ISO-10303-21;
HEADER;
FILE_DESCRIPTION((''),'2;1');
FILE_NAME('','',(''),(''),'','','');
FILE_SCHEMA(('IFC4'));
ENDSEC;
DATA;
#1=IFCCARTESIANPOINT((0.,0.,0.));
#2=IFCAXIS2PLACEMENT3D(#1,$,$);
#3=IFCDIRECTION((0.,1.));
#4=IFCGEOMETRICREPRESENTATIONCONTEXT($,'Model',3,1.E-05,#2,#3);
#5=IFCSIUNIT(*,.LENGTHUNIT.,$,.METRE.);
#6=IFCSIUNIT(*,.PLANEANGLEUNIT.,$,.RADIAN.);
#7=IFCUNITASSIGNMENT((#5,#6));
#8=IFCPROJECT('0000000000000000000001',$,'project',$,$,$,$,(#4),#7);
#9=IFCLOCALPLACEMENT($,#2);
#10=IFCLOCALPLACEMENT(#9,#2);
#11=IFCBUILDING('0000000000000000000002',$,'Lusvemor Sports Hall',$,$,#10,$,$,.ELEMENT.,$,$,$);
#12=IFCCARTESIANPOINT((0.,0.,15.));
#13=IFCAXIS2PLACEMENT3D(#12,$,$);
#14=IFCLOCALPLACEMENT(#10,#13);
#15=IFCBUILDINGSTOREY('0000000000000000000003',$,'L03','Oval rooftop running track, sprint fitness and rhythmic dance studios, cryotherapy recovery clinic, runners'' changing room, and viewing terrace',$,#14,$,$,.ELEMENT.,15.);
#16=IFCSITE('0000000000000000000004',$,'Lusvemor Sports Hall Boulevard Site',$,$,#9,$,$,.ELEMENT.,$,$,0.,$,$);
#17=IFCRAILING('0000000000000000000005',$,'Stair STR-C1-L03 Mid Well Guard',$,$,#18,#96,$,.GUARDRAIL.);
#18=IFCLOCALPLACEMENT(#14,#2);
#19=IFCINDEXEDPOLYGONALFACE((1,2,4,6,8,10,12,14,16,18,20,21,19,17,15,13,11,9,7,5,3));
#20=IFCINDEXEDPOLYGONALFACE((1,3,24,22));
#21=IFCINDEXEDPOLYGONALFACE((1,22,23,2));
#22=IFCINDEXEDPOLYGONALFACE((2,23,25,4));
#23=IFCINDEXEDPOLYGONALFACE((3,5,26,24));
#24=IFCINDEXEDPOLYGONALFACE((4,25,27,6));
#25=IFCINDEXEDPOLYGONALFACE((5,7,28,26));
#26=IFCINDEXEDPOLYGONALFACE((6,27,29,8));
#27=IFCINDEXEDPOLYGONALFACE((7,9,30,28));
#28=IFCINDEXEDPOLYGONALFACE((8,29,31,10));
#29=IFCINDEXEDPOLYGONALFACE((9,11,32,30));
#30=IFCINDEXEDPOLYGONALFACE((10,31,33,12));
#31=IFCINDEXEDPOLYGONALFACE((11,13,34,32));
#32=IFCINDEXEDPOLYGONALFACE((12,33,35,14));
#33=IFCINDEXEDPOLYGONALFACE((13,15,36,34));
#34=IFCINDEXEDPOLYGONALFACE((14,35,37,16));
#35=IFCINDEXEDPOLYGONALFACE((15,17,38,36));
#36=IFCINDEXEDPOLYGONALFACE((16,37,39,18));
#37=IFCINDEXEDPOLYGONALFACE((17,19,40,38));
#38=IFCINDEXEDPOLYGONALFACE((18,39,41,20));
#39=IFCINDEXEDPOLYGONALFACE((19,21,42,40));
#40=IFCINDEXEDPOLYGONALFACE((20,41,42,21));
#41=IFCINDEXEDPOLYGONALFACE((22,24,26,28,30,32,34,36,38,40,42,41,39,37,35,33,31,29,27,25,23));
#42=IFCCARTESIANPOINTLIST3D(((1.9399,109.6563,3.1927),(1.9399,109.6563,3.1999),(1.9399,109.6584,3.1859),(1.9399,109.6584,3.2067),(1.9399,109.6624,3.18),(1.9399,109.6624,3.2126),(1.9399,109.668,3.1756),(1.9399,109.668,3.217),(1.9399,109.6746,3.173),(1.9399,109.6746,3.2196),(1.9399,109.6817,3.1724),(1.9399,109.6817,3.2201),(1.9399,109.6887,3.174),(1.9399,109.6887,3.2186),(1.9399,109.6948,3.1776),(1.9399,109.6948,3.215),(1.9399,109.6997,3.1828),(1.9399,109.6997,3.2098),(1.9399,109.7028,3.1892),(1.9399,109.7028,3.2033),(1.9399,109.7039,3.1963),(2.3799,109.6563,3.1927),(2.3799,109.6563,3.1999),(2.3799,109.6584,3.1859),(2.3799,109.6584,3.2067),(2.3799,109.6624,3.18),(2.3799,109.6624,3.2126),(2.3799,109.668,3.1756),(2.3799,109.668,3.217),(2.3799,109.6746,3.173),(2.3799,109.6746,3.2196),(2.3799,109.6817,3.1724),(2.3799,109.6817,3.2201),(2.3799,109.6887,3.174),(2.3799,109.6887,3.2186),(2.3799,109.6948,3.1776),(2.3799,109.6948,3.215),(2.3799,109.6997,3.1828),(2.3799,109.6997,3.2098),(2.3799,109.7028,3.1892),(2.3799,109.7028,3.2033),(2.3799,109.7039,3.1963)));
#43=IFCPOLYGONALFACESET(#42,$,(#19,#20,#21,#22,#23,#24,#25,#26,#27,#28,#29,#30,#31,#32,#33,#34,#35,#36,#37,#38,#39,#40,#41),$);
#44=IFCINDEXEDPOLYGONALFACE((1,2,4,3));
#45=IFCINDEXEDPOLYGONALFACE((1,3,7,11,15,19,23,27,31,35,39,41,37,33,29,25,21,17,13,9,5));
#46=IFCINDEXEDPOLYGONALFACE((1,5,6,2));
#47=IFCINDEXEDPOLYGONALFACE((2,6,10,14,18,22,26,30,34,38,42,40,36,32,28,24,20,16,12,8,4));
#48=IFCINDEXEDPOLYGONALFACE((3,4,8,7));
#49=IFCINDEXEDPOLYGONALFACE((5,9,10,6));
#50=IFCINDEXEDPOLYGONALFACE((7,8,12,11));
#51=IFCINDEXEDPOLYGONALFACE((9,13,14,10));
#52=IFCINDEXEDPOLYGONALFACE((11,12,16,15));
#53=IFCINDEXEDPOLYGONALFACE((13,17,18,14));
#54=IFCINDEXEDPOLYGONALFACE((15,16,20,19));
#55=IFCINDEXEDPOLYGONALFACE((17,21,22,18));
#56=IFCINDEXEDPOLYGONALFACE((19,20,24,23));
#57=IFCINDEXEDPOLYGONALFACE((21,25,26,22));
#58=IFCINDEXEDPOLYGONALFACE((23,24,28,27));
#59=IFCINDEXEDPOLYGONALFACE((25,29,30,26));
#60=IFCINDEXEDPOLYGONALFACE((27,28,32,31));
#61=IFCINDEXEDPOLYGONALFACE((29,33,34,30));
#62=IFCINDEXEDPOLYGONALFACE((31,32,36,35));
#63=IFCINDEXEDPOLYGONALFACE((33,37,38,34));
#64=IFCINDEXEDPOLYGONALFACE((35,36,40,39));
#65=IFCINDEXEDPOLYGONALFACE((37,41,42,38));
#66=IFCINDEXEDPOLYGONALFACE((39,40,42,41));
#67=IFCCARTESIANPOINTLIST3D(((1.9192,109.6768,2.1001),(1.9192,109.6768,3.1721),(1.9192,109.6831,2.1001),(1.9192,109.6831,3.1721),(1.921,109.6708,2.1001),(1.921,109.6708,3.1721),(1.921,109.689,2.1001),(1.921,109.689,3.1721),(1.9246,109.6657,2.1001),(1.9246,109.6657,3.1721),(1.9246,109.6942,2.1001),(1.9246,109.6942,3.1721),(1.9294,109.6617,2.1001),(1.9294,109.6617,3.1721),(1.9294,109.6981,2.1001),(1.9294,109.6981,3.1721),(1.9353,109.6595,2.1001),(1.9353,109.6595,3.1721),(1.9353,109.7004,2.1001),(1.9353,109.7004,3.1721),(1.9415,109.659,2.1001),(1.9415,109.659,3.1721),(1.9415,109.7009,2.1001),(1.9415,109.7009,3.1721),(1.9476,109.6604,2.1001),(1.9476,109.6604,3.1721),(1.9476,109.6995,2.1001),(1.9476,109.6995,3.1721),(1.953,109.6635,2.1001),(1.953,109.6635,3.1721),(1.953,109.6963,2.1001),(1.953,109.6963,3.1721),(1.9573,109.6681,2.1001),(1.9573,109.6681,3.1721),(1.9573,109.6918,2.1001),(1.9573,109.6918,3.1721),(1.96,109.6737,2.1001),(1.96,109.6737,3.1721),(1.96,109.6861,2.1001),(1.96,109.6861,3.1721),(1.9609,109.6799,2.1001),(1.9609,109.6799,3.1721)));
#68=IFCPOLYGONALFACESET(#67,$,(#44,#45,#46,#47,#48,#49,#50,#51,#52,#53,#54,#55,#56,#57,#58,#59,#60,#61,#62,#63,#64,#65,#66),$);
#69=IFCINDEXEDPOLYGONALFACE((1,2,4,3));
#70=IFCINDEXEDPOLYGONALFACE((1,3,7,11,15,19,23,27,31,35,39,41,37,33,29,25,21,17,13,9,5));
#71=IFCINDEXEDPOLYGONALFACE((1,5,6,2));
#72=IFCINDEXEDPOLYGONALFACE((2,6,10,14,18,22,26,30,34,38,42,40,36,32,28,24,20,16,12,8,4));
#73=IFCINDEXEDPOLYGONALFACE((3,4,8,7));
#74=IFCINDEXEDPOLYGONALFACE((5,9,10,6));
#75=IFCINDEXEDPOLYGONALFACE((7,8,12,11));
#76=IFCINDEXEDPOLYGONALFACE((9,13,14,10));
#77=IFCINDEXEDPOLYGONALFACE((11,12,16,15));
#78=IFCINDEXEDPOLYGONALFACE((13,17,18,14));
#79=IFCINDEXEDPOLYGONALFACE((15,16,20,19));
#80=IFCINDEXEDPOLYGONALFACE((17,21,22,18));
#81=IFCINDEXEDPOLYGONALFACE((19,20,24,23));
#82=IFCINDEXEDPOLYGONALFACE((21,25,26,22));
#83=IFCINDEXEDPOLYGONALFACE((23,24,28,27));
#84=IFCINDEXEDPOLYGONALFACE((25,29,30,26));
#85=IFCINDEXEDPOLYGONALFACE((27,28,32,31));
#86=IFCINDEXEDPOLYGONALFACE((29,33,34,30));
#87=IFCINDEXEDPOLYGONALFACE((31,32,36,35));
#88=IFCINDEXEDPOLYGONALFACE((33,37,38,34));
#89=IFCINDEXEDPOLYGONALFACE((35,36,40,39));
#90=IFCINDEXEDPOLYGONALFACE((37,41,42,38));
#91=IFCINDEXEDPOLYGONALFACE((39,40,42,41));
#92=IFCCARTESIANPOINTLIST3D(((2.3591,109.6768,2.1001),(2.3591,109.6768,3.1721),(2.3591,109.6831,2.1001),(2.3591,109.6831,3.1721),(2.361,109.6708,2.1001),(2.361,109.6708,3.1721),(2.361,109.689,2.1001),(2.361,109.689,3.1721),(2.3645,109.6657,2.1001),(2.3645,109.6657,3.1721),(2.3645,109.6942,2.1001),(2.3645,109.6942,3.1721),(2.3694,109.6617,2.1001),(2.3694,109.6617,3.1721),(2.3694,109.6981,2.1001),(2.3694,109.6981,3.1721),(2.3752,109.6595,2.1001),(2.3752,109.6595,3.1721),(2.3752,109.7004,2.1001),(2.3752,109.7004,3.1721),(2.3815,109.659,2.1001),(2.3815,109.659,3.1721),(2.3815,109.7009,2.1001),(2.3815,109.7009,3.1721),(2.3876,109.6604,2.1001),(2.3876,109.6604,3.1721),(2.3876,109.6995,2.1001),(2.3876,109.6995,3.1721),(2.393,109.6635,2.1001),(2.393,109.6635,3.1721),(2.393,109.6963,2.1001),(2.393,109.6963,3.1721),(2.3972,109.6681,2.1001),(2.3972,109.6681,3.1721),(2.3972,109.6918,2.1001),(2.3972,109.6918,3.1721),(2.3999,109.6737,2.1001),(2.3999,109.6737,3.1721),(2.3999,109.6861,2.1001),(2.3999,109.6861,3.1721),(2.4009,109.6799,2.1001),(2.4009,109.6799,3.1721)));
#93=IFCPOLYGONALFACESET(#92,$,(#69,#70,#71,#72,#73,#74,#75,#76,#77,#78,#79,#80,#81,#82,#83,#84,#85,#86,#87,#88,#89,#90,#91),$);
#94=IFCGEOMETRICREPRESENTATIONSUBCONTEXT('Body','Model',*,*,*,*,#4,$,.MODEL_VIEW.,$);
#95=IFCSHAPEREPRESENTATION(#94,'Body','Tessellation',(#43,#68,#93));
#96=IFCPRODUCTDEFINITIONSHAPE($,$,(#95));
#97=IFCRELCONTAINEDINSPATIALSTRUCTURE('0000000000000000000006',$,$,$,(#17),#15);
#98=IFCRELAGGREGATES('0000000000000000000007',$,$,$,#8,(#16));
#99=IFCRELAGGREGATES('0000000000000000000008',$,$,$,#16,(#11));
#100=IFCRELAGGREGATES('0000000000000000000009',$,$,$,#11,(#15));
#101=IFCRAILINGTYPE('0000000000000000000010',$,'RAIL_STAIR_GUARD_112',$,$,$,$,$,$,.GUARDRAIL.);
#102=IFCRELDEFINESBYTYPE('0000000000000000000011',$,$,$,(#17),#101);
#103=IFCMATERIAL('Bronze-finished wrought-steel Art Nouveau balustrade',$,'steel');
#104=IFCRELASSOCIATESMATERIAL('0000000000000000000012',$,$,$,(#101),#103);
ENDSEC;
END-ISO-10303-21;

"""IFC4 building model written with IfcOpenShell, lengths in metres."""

from ifc_helpers import new_model, si_unit, direction, frame, origin, origin_2d, place, context, subcontext, project, spatial, circle, extrude, material, type_object, element, save


model = new_model("IFC4")

# Units and contexts
model_context = context("Model", 3, precision=1e-05, world=origin(), true_north=direction((0.0, 1.0)))
body_context = subcontext(model_context, "Body", "Model", "MODEL_VIEW")
ifc_project = project(units=[si_unit("LENGTHUNIT", "METRE"), si_unit("PLANEANGLEUNIT", "RADIAN")], contexts=[model_context])

# Site, building, storey
site_placement = place(None, origin())
site = spatial("IfcSite", under=ifc_project, at=site_placement, Name="Lusvemor Sports Hall Boulevard Site", CompositionType="ELEMENT", RefElevation=0.0)
building_placement = place(site_placement, origin())
building = spatial("IfcBuilding", under=site, at=building_placement, Name="Lusvemor Sports Hall", CompositionType="ELEMENT")
storey_placement = place(building_placement, frame((0.0, 0.0, 15.0)))
storey = spatial("IfcBuildingStorey", under=building, at=storey_placement, Name="L03", Description="Oval rooftop running track, sprint fitness and rhythmic dance studios, cryotherapy recovery clinic, runners' changing room, and viewing terrace", CompositionType="ELEMENT", Elevation=15.0)

# Railing
ifc_material_1 = material(Name="Bronze-finished wrought-steel Art Nouveau balustrade", Category="steel")
railing_type_1 = type_object("IfcRailingType", Name="RAIL_STAIR_GUARD_112", PredefinedType="GUARDRAIL", material=ifc_material_1)
railing_1_placement = place(storey_placement, frame((1.9399, 109.6799, 2.1001)))
element("IfcRailing", 1, at=railing_1_placement, inside=storey, type_object=railing_type_1, Name="Stair STR-C1-L03 Mid Well Guard", PredefinedType="GUARDRAIL", context=body_context, shape_type="SweptSolid", body=[
    extrude(circle(Radius=0.0239, at=origin_2d()), frame((0.0, 0.0, 1.0962), z_axis=(1.0, 0.0, 0.0), x_axis=(0.0, 1.0, 0.0)), (0.0, 0.0, 1.0), 0.4399),
    extrude(circle(Radius=0.021, at=origin_2d()), origin(), (0.0, 0.0, 1.0), 1.072),
    extrude(circle(Radius=0.021, at=origin_2d()), frame((0.4399, 0.0, 0.0)), (0.0, 0.0, 1.0), 1.072),
])

save(model, "model.ifc")
